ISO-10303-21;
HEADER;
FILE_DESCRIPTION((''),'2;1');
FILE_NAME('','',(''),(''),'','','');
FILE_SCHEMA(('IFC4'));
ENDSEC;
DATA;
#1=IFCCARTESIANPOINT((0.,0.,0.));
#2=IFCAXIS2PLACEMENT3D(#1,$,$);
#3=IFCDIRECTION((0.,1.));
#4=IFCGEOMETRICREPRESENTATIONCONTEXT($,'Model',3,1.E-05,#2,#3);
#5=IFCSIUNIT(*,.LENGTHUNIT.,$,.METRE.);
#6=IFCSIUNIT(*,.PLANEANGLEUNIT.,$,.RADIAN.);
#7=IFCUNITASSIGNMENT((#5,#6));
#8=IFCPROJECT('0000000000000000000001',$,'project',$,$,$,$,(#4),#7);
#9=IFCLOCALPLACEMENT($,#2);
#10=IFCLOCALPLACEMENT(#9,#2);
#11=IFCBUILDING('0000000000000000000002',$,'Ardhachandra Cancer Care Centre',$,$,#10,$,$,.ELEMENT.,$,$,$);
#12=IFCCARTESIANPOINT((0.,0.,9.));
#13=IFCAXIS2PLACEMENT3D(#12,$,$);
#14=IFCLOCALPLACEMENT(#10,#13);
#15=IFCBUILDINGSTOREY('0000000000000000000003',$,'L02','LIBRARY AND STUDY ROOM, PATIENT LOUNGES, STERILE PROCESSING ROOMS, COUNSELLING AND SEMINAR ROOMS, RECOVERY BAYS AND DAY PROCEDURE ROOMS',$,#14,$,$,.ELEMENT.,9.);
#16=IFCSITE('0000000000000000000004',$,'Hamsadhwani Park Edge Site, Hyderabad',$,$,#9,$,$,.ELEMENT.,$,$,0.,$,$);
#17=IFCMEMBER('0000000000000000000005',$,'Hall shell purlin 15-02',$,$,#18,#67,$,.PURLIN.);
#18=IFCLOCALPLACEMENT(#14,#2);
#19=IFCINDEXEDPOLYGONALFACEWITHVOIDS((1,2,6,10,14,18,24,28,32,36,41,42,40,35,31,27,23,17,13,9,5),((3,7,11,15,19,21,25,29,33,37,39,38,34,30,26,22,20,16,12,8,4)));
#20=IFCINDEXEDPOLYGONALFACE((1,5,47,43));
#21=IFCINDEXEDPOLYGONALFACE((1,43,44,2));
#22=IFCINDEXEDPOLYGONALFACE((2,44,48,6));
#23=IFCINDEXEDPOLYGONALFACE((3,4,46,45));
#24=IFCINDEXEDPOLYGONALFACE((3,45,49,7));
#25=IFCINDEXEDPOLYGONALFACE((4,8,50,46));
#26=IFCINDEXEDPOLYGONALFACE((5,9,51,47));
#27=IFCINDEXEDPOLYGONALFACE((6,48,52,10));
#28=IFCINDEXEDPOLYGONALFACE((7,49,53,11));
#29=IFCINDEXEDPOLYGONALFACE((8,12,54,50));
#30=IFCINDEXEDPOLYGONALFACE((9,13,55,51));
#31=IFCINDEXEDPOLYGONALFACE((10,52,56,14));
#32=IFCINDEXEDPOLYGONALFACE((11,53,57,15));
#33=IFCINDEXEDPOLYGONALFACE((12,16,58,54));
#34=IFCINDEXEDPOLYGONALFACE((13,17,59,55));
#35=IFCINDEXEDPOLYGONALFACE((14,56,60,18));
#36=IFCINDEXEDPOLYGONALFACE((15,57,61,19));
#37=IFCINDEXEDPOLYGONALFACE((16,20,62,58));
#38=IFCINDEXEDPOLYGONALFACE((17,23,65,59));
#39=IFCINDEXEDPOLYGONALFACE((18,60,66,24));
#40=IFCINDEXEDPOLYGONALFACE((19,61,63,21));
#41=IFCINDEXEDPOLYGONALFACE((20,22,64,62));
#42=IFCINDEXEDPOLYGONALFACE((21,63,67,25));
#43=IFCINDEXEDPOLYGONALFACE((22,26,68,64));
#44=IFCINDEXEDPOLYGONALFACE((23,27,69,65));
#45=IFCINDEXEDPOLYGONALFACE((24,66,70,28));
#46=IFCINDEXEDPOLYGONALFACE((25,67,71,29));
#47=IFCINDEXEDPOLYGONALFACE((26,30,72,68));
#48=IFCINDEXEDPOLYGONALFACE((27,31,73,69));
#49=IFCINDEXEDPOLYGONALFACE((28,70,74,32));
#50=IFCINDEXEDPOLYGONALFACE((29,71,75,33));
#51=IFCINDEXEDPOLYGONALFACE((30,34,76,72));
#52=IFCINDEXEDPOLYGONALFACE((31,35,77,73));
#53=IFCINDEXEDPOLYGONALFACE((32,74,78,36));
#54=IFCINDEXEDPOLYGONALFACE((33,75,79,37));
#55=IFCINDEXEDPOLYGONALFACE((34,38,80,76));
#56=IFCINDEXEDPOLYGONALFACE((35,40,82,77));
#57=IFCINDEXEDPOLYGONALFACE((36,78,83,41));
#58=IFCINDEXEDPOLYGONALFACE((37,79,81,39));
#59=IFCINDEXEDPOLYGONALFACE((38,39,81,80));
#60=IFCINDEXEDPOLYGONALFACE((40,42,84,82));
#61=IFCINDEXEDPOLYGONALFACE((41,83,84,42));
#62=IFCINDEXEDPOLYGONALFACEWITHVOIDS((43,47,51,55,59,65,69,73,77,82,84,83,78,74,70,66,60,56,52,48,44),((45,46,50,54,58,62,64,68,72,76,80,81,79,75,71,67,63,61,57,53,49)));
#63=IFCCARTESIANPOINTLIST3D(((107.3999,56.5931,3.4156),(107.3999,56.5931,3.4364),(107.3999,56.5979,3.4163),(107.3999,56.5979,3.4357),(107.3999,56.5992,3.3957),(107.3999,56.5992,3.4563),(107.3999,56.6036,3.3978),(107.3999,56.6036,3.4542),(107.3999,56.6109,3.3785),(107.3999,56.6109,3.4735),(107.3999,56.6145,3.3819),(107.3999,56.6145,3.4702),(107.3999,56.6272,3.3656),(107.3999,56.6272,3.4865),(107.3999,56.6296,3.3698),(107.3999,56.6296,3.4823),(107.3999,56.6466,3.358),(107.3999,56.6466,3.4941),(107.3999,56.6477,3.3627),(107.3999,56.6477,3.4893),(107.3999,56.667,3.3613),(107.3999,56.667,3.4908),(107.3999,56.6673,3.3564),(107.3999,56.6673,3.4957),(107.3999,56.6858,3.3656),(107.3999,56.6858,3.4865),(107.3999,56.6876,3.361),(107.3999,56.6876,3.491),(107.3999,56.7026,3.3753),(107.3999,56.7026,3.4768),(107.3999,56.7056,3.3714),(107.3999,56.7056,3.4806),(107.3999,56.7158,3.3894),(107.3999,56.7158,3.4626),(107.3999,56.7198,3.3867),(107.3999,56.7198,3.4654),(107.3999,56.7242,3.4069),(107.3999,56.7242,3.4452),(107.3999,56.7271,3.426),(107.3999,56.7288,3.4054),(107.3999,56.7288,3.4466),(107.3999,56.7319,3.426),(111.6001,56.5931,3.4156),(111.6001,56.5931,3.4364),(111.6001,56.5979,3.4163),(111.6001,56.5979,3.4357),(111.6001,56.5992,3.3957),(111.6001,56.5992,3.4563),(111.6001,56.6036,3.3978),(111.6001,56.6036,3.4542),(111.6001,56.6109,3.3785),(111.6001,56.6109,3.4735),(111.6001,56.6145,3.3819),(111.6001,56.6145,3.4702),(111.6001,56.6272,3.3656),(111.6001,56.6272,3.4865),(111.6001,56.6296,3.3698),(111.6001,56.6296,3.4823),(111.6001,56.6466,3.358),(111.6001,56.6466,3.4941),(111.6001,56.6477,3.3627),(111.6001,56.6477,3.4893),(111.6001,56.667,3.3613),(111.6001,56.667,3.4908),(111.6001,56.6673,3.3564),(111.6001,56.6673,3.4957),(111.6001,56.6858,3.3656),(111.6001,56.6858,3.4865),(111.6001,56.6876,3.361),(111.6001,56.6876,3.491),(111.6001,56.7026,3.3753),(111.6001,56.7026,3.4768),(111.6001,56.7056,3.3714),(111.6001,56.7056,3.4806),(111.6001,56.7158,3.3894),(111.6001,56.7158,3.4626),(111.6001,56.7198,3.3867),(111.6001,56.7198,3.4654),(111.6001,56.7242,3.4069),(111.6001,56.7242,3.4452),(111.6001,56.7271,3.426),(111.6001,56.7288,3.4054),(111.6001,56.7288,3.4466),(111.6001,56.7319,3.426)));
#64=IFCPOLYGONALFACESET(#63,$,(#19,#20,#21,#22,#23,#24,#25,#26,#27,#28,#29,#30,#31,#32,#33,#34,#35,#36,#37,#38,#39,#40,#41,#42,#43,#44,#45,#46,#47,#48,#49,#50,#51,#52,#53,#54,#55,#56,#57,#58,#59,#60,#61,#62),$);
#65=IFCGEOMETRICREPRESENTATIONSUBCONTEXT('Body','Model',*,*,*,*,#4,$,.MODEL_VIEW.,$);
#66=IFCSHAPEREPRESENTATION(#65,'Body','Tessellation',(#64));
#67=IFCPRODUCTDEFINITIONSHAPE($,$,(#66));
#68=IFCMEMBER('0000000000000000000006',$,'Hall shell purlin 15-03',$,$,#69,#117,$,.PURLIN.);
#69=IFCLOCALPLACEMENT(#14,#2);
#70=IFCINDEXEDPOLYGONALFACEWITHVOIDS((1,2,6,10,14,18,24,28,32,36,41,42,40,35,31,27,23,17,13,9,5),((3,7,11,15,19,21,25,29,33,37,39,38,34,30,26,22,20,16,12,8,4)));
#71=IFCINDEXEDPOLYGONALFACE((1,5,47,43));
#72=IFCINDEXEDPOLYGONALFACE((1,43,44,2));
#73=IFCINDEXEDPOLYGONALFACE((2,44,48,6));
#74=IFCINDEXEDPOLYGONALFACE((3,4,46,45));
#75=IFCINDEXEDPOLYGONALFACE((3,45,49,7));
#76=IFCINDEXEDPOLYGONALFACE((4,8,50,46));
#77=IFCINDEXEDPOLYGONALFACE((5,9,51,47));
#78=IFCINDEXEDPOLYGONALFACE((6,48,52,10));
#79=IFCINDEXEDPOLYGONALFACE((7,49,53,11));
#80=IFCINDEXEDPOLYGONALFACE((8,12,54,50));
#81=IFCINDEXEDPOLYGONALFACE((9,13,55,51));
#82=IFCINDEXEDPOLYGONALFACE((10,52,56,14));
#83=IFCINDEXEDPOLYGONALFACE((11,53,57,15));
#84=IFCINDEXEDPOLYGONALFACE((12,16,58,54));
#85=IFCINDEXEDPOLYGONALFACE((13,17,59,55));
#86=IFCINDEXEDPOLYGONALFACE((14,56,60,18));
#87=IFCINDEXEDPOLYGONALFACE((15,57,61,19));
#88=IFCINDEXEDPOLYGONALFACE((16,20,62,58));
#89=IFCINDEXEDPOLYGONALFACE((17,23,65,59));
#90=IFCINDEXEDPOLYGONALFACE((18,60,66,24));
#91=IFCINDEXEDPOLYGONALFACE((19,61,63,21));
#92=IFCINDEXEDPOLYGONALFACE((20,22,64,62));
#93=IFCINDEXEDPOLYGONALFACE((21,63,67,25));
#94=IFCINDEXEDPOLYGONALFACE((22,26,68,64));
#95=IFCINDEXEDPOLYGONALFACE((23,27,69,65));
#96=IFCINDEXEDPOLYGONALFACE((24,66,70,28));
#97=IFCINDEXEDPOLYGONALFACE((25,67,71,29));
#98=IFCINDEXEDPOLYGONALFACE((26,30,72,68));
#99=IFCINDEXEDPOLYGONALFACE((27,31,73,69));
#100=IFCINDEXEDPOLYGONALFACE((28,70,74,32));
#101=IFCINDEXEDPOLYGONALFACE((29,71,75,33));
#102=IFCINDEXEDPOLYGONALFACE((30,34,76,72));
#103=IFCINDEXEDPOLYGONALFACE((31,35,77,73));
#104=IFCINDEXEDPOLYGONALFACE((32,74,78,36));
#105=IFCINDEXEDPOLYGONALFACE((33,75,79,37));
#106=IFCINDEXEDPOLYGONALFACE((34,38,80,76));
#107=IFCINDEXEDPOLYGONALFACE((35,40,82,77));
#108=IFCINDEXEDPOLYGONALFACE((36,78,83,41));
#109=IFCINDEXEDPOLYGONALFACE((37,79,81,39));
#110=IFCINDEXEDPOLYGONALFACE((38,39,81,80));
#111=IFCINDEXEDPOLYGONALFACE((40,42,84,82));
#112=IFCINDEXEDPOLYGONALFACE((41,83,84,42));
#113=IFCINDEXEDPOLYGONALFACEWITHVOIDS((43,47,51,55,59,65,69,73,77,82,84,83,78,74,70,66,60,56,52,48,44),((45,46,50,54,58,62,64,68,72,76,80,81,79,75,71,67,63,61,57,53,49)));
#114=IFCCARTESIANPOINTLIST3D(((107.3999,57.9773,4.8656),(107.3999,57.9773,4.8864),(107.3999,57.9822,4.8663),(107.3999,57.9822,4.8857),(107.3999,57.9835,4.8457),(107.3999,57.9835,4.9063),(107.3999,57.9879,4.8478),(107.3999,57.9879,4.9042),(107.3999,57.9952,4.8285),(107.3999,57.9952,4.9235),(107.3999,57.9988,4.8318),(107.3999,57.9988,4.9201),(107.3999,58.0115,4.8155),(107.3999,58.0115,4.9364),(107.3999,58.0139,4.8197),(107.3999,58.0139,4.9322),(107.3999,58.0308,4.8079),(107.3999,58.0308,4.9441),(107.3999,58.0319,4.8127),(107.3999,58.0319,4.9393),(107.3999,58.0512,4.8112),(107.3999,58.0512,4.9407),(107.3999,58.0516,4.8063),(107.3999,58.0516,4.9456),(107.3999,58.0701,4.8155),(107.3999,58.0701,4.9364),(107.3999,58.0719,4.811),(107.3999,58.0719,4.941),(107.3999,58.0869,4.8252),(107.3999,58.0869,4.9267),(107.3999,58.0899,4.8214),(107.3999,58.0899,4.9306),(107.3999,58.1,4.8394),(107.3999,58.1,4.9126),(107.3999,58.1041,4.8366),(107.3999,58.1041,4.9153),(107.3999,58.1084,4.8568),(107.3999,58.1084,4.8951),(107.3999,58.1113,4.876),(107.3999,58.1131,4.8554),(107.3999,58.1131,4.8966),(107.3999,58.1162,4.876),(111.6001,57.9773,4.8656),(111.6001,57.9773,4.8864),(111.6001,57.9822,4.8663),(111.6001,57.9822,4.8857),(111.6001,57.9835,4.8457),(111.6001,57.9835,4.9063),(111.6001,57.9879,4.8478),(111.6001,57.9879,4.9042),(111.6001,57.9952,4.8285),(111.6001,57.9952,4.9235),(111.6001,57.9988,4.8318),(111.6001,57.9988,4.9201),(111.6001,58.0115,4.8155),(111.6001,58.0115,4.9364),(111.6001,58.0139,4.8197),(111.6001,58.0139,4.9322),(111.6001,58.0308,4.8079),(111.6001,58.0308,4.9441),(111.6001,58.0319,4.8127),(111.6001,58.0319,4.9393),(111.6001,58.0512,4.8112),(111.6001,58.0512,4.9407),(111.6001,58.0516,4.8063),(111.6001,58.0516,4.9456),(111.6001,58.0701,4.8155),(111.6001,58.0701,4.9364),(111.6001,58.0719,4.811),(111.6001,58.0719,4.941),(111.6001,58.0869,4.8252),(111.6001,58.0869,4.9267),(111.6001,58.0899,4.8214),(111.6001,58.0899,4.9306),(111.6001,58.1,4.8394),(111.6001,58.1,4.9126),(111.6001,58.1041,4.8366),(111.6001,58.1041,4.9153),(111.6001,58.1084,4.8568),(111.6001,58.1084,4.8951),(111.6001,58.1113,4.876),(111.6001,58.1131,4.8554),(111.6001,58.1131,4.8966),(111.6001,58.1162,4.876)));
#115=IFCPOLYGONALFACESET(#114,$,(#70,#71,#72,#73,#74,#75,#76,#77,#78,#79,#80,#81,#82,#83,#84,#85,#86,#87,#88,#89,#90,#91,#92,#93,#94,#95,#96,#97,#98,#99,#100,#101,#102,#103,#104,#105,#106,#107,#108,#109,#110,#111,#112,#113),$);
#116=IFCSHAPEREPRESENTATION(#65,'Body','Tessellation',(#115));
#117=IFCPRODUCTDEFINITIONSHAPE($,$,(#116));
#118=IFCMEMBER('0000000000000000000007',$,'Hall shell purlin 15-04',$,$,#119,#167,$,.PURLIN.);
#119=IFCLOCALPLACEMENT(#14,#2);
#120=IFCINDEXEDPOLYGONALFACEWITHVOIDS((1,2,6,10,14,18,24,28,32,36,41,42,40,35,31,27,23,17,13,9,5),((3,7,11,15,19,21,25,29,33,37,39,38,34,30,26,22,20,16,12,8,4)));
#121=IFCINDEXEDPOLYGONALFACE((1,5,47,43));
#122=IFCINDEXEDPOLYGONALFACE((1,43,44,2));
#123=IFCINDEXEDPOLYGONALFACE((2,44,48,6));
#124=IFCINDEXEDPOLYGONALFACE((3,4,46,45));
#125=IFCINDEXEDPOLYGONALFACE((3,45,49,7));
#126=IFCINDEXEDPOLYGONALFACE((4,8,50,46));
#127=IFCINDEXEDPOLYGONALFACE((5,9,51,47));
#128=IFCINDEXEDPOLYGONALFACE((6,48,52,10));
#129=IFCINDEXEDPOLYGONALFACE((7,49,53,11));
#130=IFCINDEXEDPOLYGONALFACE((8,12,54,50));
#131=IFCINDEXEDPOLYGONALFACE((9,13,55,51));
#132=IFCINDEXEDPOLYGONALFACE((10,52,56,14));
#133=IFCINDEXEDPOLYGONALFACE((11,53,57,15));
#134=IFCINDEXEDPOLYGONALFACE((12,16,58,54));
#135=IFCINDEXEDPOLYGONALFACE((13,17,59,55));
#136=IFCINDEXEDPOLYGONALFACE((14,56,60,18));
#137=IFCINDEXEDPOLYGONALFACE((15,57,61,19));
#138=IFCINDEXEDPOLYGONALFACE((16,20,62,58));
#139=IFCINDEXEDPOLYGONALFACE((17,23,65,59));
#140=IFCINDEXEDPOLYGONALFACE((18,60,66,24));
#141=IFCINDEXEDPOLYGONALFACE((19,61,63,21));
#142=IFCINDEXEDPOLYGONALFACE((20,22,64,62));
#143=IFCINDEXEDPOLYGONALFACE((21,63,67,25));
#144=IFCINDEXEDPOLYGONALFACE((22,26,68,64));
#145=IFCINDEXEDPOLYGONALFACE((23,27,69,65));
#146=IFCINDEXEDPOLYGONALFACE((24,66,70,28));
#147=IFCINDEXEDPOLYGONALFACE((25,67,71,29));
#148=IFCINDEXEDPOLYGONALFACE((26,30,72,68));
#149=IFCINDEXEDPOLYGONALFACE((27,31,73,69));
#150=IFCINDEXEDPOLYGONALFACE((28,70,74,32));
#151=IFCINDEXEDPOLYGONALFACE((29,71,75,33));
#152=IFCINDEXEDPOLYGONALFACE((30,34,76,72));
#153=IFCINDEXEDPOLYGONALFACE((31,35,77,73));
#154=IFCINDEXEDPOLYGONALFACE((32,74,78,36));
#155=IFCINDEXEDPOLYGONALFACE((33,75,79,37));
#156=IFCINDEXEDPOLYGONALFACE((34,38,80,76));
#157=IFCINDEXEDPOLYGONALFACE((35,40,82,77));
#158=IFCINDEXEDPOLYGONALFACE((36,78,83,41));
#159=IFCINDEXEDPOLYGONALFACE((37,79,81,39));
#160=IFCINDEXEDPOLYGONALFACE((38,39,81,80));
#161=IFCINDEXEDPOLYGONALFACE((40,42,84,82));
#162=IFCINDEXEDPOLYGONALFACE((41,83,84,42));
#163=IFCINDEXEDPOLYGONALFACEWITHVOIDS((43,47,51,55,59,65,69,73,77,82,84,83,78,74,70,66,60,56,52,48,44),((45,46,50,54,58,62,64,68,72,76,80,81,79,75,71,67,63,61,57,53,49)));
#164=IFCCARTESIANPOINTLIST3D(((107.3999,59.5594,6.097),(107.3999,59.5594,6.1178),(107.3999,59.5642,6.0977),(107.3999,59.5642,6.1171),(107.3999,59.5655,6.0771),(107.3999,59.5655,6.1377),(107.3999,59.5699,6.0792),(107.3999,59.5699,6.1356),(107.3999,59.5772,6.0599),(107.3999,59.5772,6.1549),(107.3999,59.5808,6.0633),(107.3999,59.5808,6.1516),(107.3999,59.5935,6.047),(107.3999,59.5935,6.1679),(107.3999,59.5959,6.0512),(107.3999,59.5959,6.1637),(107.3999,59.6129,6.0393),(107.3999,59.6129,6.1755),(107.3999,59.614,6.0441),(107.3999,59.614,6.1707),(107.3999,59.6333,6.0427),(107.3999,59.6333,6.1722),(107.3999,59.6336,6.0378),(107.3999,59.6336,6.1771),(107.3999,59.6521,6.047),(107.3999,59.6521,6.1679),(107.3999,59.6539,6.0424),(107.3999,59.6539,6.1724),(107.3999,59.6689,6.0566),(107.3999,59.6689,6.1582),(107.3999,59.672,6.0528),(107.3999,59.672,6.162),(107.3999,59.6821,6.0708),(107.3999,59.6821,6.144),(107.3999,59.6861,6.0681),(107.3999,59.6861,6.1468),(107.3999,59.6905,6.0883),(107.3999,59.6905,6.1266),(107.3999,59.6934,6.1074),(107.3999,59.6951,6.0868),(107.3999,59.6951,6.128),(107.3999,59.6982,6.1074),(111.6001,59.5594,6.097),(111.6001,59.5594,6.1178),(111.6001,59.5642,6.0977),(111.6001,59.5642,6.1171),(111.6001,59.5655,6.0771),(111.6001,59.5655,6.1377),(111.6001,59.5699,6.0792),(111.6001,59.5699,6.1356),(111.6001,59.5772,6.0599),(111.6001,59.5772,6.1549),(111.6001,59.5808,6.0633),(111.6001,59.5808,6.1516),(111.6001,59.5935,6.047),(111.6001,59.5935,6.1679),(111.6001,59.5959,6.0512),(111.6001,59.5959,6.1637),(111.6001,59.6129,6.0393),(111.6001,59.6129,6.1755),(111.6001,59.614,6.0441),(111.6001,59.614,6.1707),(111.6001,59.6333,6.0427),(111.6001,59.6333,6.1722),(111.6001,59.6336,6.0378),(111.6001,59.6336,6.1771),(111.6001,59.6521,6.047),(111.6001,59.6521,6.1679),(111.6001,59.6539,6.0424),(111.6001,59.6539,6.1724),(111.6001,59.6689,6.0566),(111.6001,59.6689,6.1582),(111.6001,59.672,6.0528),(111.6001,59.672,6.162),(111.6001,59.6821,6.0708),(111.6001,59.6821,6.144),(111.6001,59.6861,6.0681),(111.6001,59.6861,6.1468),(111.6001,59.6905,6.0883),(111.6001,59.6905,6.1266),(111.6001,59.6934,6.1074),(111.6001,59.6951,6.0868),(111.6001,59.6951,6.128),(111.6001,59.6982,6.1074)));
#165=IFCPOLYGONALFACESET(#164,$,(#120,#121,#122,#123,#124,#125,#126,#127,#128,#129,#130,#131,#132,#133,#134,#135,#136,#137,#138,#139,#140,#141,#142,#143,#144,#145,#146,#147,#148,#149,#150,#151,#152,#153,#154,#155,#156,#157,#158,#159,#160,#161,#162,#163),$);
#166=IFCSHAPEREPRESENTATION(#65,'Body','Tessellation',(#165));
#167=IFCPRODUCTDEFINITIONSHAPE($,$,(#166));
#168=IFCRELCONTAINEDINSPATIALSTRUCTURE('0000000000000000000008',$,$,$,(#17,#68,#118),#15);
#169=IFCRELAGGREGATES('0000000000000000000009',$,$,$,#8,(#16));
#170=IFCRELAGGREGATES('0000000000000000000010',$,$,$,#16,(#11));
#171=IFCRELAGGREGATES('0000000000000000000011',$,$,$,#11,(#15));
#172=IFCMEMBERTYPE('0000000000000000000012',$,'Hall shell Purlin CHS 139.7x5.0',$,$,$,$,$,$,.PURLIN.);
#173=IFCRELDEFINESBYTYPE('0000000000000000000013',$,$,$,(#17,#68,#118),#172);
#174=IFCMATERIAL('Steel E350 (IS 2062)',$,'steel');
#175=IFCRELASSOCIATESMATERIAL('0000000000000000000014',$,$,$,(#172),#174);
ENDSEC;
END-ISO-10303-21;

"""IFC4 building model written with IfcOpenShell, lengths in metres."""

from ifc_helpers import new_model, si_unit, direction, frame, origin, origin_2d, place, context, subcontext, project, spatial, hollow_circle, extrude, material, material_profile, profile_set, type_object, element, save


model = new_model("IFC4")

# Units and contexts
model_context = context("Model", 3, precision=1e-05, world=origin(), true_north=direction((0.0, 1.0)))
body_context = subcontext(model_context, "Body", "Model", "MODEL_VIEW")
ifc_project = project(units=[si_unit("LENGTHUNIT", "METRE"), si_unit("PLANEANGLEUNIT", "RADIAN")], contexts=[model_context])

# Site, building, storey
site_placement = place(None, origin())
site = spatial("IfcSite", under=ifc_project, at=site_placement, Name="Hamsadhwani Park Edge Site, Hyderabad", CompositionType="ELEMENT", RefElevation=0.0)
building_placement = place(site_placement, origin())
building = spatial("IfcBuilding", under=site, at=building_placement, Name="Ardhachandra Cancer Care Centre", CompositionType="ELEMENT")
storey_placement = place(building_placement, frame((0.0, 0.0, 9.0)))
storey = spatial("IfcBuildingStorey", under=building, at=storey_placement, Name="L02", Description="LIBRARY AND STUDY ROOM, PATIENT LOUNGES, STERILE PROCESSING ROOMS, COUNSELLING AND SEMINAR ROOMS, RECOVERY BAYS AND DAY PROCEDURE ROOMS", CompositionType="ELEMENT", Elevation=9.0)

# Members
ifc_material_1 = material(Name="Steel E350 (IS 2062)", Category="steel")
ifc_material_profile_1 = material_profile(ifc_material_1, hollow_circle(Radius=0.0698, WallThickness=0.0049, at=origin_2d()), Name="CHS 139.7x5.0")
ifc_profile_set_1 = profile_set([ifc_material_profile_1], Name="Steel E350 (IS 2062)")
member_type_1 = type_object("IfcMemberType", Name="Hall shell Purlin CHS 139.7x5.0", PredefinedType="PURLIN", material=ifc_profile_set_1)
for number, where, z_axis, x_axis, name in (
    (1, (107.3999, 56.6621, 3.426), (1.0, 0.0, 0.0), (0.0, 1.0, 0.0), "Hall shell purlin 15-02"),
    (2, (107.3999, 58.0464, 4.876), (1.0, 0.0, 0.0), (0.0, 1.0, 0.0), "Hall shell purlin 15-03"),
    (3, (107.3999, 59.6284, 6.1074), (1.0, 0.0, 0.0), (0.0, 1.0, 0.0), "Hall shell purlin 15-04"),
):
    element("IfcMember", number, at=place(storey_placement, frame(where, z_axis=z_axis, x_axis=x_axis)), inside=storey, type_object=member_type_1, Name=name, PredefinedType="PURLIN", context=body_context, shape_type="SweptSolid", body=[
        extrude(hollow_circle(Radius=0.0698, WallThickness=0.0049, at=origin_2d()), origin(), (0.0, 0.0, 1.0), 4.2002),
    ])

save(model, "model.ifc")
